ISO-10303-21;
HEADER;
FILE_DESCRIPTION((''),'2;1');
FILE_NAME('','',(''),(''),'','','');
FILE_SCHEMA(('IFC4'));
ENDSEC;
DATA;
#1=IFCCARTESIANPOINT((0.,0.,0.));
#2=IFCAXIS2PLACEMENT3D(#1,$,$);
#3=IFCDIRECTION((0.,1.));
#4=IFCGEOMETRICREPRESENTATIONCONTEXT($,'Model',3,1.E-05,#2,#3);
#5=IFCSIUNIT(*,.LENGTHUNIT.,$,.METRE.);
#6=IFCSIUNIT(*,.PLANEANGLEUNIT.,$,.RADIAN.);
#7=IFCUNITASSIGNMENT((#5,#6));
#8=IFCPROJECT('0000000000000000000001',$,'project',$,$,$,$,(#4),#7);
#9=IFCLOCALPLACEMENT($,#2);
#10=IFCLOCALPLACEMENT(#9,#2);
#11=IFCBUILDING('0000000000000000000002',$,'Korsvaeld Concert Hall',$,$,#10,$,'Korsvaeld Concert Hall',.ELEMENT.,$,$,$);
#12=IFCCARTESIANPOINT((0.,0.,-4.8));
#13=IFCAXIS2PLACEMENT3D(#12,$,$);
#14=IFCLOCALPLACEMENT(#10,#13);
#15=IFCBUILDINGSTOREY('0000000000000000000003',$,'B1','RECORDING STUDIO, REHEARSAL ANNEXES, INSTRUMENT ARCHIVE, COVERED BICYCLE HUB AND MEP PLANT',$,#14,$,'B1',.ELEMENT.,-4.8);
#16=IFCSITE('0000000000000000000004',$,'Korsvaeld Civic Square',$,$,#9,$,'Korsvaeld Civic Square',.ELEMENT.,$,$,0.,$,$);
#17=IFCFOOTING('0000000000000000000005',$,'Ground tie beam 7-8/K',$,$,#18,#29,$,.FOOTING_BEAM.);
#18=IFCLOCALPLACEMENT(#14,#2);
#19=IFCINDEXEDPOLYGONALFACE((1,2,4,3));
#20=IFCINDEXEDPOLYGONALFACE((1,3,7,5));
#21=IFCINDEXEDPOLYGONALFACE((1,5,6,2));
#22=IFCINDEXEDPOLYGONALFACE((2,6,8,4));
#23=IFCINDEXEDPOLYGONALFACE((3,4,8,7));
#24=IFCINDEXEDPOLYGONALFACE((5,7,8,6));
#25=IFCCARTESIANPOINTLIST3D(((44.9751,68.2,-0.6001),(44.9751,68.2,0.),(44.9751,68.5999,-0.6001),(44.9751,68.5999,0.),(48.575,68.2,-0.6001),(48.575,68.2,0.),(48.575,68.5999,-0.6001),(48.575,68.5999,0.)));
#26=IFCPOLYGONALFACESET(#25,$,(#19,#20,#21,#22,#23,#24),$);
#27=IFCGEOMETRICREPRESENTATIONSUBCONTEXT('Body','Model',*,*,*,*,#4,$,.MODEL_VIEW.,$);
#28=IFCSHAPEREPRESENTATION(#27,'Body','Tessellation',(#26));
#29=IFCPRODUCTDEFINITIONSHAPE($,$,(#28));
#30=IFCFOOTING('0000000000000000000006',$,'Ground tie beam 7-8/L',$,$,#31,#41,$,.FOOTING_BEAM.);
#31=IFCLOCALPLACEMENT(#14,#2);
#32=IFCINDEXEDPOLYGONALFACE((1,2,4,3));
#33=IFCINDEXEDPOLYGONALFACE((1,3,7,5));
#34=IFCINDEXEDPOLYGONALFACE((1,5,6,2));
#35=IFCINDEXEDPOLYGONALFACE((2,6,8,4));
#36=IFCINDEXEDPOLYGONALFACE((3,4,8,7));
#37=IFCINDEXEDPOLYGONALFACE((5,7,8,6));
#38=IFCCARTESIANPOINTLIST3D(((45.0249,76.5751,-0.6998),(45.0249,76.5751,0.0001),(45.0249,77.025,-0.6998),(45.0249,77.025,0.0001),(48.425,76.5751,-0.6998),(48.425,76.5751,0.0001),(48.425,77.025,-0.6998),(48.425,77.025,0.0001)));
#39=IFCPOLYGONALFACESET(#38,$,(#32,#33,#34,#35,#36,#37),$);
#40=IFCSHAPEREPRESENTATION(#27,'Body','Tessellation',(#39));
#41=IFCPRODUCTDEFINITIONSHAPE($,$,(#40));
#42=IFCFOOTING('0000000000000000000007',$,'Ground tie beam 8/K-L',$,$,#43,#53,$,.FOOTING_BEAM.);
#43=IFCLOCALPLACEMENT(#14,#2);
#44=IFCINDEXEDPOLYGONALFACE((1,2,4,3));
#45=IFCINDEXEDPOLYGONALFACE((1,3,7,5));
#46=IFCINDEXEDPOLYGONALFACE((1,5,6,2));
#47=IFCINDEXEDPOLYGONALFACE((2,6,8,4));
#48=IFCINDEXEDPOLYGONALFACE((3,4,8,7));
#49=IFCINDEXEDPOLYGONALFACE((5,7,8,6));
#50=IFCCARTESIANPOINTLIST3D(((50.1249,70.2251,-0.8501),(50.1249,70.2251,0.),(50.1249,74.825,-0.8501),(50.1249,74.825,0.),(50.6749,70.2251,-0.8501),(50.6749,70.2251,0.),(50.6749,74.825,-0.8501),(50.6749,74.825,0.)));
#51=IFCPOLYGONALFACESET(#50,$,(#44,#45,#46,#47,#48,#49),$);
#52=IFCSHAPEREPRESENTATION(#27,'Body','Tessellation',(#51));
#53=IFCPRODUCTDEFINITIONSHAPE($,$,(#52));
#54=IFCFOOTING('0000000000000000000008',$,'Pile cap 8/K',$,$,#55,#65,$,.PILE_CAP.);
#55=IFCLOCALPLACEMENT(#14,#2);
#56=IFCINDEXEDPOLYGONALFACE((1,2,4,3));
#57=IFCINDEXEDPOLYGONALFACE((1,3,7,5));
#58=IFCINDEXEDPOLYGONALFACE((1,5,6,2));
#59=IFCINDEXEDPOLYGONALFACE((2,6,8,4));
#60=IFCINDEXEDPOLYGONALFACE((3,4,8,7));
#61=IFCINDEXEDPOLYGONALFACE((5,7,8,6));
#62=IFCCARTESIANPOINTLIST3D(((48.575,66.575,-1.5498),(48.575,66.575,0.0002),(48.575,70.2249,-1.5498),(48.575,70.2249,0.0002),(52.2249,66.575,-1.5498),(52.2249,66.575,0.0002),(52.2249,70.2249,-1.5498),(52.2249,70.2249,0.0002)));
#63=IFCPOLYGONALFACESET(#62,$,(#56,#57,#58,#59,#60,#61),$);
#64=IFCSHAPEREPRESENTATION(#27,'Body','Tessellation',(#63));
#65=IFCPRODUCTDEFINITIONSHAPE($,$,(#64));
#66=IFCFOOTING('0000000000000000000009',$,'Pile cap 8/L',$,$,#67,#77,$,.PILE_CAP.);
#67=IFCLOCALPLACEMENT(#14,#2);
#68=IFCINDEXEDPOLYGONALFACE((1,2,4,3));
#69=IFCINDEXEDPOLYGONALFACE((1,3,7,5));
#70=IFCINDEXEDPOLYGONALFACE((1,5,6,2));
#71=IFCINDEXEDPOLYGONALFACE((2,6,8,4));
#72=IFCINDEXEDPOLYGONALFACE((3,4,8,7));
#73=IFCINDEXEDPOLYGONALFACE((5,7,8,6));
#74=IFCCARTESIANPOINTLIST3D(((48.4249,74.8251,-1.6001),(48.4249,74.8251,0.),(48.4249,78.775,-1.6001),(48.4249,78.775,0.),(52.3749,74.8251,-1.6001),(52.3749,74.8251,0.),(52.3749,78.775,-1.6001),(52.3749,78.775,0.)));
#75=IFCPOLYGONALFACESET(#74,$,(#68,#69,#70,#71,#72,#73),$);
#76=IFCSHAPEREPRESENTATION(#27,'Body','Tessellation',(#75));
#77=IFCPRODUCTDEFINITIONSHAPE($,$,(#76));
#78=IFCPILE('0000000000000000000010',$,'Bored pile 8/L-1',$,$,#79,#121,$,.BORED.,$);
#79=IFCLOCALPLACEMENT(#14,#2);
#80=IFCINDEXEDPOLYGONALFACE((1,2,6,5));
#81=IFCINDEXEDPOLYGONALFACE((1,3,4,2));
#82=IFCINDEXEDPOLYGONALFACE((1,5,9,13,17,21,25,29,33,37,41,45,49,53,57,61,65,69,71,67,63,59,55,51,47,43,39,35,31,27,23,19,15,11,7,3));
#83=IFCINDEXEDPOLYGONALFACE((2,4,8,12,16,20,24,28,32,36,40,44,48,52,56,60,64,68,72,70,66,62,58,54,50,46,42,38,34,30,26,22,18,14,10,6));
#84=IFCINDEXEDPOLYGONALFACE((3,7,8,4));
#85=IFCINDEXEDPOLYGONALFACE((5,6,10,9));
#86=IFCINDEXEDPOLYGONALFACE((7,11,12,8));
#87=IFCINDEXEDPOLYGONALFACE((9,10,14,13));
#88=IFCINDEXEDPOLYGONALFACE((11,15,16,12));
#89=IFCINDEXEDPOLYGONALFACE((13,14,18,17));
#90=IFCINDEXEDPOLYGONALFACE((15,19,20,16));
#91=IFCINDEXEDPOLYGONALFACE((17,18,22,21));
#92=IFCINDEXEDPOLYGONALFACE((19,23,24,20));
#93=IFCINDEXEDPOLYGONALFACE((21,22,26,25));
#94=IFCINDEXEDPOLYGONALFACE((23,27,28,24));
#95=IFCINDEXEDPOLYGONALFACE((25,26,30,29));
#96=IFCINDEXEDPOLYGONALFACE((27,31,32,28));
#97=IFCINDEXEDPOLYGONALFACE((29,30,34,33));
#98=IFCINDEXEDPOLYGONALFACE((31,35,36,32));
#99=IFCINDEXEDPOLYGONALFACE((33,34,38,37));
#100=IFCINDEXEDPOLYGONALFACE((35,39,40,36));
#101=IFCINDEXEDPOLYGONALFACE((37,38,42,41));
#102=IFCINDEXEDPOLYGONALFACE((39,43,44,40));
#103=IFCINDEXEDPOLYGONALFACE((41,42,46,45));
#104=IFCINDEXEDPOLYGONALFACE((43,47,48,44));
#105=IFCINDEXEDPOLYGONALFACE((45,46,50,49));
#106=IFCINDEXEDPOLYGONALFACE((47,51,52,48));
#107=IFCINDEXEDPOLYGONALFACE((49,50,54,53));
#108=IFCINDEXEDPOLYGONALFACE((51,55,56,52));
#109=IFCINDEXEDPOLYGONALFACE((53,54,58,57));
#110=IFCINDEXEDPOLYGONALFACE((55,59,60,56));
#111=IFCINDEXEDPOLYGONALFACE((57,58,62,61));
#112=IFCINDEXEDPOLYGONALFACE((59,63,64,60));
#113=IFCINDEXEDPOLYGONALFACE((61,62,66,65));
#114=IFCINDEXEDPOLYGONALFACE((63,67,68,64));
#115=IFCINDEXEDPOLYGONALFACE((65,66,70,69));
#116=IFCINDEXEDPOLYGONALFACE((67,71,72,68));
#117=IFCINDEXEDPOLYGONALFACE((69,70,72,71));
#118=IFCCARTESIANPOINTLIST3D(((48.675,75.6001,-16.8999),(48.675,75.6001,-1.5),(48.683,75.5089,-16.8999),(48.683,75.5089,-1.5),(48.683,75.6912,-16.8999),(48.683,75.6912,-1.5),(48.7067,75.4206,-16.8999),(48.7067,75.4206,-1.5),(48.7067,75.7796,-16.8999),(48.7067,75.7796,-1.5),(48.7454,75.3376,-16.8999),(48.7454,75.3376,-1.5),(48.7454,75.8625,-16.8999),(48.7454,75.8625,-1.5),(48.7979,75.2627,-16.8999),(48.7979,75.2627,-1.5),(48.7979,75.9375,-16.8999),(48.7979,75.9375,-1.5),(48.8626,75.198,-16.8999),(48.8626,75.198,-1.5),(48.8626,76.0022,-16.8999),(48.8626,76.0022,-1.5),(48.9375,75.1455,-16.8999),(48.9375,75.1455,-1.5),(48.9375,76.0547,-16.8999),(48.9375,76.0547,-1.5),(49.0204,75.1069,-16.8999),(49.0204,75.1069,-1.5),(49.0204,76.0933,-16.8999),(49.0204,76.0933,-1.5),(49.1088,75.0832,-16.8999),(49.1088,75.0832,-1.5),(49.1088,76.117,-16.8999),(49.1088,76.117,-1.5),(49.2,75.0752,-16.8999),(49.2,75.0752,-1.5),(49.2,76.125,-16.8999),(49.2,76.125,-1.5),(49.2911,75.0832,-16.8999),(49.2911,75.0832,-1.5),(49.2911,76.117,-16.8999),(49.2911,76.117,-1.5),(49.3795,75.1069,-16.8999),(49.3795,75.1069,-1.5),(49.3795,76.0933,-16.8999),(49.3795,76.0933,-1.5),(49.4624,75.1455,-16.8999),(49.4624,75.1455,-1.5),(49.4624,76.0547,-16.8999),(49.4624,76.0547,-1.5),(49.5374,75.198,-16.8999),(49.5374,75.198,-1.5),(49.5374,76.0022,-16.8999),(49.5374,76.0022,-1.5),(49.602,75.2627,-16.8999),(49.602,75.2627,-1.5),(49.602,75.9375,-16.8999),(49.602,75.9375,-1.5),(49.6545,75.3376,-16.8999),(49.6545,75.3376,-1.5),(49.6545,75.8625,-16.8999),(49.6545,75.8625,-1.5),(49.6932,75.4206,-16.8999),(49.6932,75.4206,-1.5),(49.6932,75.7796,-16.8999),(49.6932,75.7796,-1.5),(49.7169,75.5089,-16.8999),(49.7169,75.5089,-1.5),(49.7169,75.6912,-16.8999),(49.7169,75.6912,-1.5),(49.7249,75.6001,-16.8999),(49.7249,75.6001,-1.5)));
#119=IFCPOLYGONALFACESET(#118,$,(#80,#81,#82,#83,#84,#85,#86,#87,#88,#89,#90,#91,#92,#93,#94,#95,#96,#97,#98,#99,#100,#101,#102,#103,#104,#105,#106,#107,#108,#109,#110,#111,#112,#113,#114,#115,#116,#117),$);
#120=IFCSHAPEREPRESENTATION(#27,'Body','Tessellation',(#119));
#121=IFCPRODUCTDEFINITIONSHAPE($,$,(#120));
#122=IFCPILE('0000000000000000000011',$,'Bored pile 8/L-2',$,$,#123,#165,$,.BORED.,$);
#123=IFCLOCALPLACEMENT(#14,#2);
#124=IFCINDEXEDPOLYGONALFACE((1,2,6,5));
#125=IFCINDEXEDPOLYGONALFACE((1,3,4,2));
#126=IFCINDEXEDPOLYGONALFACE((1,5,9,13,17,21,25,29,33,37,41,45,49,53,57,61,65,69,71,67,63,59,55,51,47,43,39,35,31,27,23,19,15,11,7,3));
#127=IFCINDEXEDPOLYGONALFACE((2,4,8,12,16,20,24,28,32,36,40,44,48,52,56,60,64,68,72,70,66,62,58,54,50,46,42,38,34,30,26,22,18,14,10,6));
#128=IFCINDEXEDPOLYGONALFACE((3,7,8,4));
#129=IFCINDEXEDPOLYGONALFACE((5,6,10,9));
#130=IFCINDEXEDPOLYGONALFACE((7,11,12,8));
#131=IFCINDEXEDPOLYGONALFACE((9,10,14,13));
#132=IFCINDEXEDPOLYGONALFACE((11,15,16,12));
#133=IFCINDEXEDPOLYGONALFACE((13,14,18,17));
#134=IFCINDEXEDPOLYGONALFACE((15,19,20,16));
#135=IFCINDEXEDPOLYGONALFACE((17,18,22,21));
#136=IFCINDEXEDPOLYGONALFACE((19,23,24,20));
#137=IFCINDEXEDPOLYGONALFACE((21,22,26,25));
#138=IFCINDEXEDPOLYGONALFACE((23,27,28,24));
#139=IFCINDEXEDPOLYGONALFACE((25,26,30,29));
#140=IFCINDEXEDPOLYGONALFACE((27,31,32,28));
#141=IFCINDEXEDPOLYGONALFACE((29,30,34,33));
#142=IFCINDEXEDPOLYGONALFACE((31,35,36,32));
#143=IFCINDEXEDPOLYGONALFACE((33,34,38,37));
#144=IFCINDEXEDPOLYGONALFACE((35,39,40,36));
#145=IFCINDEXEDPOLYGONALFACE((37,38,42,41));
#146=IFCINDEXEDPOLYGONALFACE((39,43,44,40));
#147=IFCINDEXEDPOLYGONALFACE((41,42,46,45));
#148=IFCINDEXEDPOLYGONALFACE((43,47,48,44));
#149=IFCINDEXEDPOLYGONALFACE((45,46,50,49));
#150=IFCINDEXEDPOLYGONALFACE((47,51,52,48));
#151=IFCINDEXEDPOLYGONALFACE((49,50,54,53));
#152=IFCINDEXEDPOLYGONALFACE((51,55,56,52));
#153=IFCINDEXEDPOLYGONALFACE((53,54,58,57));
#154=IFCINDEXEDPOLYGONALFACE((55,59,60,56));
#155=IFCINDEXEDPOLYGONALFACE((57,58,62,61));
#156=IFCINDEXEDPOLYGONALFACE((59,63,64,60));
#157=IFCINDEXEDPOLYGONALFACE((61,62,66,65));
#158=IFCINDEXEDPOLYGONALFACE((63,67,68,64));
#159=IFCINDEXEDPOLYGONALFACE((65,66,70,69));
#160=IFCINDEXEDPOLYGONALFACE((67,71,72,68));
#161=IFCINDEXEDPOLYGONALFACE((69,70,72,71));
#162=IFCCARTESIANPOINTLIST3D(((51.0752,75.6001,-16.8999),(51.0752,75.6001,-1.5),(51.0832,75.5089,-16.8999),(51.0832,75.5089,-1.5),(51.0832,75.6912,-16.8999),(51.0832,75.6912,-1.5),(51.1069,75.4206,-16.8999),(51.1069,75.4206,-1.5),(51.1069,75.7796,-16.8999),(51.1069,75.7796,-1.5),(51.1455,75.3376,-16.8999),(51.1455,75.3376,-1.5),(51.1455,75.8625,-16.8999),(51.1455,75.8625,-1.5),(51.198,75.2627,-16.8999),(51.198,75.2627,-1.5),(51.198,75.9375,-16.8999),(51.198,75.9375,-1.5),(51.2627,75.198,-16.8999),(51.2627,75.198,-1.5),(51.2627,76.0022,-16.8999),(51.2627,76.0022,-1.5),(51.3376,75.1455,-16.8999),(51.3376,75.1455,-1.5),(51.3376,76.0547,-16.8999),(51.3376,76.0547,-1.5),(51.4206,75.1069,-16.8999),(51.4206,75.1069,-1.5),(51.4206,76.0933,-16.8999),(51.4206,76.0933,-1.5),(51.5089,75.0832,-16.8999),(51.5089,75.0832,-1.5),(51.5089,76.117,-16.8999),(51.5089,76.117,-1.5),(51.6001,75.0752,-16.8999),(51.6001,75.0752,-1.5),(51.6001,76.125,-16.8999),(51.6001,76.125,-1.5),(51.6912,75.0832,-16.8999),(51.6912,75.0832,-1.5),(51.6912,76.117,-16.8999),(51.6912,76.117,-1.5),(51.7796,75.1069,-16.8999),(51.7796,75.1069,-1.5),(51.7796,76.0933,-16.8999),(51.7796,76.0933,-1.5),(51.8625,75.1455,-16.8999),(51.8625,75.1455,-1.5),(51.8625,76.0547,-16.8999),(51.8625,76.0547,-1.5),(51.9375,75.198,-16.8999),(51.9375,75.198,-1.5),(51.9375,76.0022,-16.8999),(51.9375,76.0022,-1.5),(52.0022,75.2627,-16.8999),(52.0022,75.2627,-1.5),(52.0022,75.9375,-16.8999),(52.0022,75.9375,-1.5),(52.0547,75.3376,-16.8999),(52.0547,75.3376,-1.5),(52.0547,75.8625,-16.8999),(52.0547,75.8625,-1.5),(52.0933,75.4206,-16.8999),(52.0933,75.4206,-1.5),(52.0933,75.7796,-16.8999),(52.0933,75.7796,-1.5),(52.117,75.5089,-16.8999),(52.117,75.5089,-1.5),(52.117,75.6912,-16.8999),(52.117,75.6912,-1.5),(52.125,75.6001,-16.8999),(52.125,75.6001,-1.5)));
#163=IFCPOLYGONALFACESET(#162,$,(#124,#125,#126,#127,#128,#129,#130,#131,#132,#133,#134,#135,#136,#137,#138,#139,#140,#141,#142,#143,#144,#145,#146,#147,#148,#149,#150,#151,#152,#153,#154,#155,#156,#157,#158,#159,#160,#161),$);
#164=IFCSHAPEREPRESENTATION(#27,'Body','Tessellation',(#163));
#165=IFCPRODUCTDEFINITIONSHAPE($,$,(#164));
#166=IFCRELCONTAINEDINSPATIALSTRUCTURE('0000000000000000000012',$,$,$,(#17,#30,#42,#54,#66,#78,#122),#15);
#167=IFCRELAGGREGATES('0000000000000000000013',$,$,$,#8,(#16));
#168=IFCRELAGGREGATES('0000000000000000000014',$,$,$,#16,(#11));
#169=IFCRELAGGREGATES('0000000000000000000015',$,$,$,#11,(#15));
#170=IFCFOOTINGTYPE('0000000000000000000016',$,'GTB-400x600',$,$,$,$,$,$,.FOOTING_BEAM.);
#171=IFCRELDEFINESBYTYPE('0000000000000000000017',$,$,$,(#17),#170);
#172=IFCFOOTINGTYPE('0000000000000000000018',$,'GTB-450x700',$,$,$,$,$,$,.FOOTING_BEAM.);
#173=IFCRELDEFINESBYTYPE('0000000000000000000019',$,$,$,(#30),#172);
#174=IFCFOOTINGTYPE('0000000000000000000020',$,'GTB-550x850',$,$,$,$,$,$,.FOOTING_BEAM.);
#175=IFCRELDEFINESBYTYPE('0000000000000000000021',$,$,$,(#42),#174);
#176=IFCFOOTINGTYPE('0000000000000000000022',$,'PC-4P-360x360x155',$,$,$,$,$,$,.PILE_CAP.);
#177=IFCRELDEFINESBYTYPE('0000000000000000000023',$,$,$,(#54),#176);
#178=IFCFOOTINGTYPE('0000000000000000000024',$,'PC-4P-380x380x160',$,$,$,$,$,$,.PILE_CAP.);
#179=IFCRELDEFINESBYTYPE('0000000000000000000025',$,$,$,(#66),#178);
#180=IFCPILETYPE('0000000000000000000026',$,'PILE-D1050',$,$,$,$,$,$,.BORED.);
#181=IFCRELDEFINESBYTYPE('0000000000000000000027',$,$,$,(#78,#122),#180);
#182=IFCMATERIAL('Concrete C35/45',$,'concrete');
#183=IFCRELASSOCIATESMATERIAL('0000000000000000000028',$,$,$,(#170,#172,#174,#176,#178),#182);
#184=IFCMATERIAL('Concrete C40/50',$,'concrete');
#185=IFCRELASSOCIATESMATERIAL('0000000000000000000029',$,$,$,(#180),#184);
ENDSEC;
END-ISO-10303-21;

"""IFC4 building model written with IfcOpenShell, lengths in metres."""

from ifc_helpers import new_model, si_unit, direction, frame, origin, origin_2d, place, context, subcontext, project, spatial, rectangle, circle, extrude, material, material_profile, profile_set, type_object, element, save


model = new_model("IFC4")

# Units and contexts
model_context = context("Model", 3, precision=1e-05, world=origin(), true_north=direction((0.0, 1.0)))
body_context = subcontext(model_context, "Body", "Model", "MODEL_VIEW")
ifc_project = project(units=[si_unit("LENGTHUNIT", "METRE"), si_unit("PLANEANGLEUNIT", "RADIAN")], contexts=[model_context])

# Site, building, storey
site_placement = place(None, origin())
site = spatial("IfcSite", under=ifc_project, at=site_placement, Name="Korsvaeld Civic Square", LongName="Korsvaeld Civic Square", CompositionType="ELEMENT", RefElevation=0.0)
building_placement = place(site_placement, origin())
building = spatial("IfcBuilding", under=site, at=building_placement, Name="Korsvaeld Concert Hall", LongName="Korsvaeld Concert Hall", CompositionType="ELEMENT")
storey_placement = place(building_placement, frame((0.0, 0.0, -4.8)))
storey = spatial("IfcBuildingStorey", under=building, at=storey_placement, Name="B1", Description="RECORDING STUDIO, REHEARSAL ANNEXES, INSTRUMENT ARCHIVE, COVERED BICYCLE HUB AND MEP PLANT", LongName="B1", CompositionType="ELEMENT", Elevation=-4.8)

# Footings
ifc_material_1 = material(Name="Concrete C35/45", Category="concrete")
ifc_material_profile_1 = material_profile(ifc_material_1, rectangle(XDim=0.3999, YDim=0.6001, at=origin_2d()), Name="GTB 400x600")
ifc_profile_set_1 = profile_set([ifc_material_profile_1], Name="Concrete C35/45")
footing_type_1 = type_object("IfcFootingType", Name="GTB-400x600", PredefinedType="FOOTING_BEAM", material=ifc_profile_set_1)
footing_1_placement = place(storey_placement, frame((44.9751, 68.3999, -0.3), z_axis=(1.0, 0.0, 0.0), x_axis=(0.0, 1.0, 0.0)))
element("IfcFooting", 1, at=footing_1_placement, inside=storey, type_object=footing_type_1, Name="Ground tie beam 7-8/K", PredefinedType="FOOTING_BEAM", context=body_context, shape_type="SweptSolid", body=[
    extrude(rectangle(XDim=0.3999, YDim=0.6001, at=origin_2d()), origin(), (0.0, 0.0, 1.0), 3.5999),
])
ifc_material_profile_2 = material_profile(ifc_material_1, rectangle(XDim=0.45, YDim=0.7, at=origin_2d()), Name="GTB 450x700")
ifc_profile_set_2 = profile_set([ifc_material_profile_2], Name="Concrete C35/45")
footing_type_2 = type_object("IfcFootingType", Name="GTB-450x700", PredefinedType="FOOTING_BEAM", material=ifc_profile_set_2)
footing_2_placement = place(storey_placement, frame((45.0249, 76.8, -0.3499), z_axis=(1.0, 0.0, 0.0), x_axis=(0.0, 1.0, 0.0)))
element("IfcFooting", 2, at=footing_2_placement, inside=storey, type_object=footing_type_2, Name="Ground tie beam 7-8/L", PredefinedType="FOOTING_BEAM", context=body_context, shape_type="SweptSolid", body=[
    extrude(rectangle(XDim=0.45, YDim=0.7, at=origin_2d()), origin(), (0.0, 0.0, 1.0), 3.4001),
])
ifc_material_profile_3 = material_profile(ifc_material_1, rectangle(XDim=0.55, YDim=0.8501, at=origin_2d()), Name="GTB 550x850")
ifc_profile_set_3 = profile_set([ifc_material_profile_3], Name="Concrete C35/45")
footing_type_3 = type_object("IfcFootingType", Name="GTB-550x850", PredefinedType="FOOTING_BEAM", material=ifc_profile_set_3)
footing_3_placement = place(storey_placement, frame((50.3999, 70.2251, -0.425), z_axis=(0.0, 1.0, 0.0), x_axis=(-1.0, 0.0, 0.0)))
element("IfcFooting", 3, at=footing_3_placement, inside=storey, type_object=footing_type_3, Name="Ground tie beam 8/K-L", PredefinedType="FOOTING_BEAM", context=body_context, shape_type="SweptSolid", body=[
    extrude(rectangle(XDim=0.55, YDim=0.8501, at=origin_2d()), origin(), (0.0, 0.0, 1.0), 4.5999),
])
footing_type_4 = type_object("IfcFootingType", Name="PC-4P-360x360x155", PredefinedType="PILE_CAP", material=ifc_material_1)
footing_4_placement = place(storey_placement, frame((50.3999, 68.3999, -1.5498), z_axis=(0.0, 0.0, 1.0), x_axis=(1.0, 0.0, 0.0)))
element("IfcFooting", 4, at=footing_4_placement, inside=storey, type_object=footing_type_4, Name="Pile cap 8/K", PredefinedType="PILE_CAP", context=body_context, shape_type="SweptSolid", body=[
    extrude(rectangle(XDim=3.6499, YDim=3.6499, at=origin_2d()), origin(), (0.0, 0.0, 1.0), 1.55),
])
footing_type_5 = type_object("IfcFootingType", Name="PC-4P-380x380x160", PredefinedType="PILE_CAP", material=ifc_material_1)
footing_5_placement = place(storey_placement, frame((50.3999, 76.8, -1.6001), z_axis=(0.0, 0.0, 1.0), x_axis=(1.0, 0.0, 0.0)))
element("IfcFooting", 5, at=footing_5_placement, inside=storey, type_object=footing_type_5, Name="Pile cap 8/L", PredefinedType="PILE_CAP", context=body_context, shape_type="SweptSolid", body=[
    extrude(rectangle(XDim=3.95, YDim=3.95, at=origin_2d()), origin(), (0.0, 0.0, 1.0), 1.6001),
])

# Piles
ifc_material_2 = material(Name="Concrete C40/50", Category="concrete")
ifc_material_profile_4 = material_profile(ifc_material_2, circle(Radius=0.5249, at=origin_2d()), Name="BORED PILE D1050")
ifc_profile_set_4 = profile_set([ifc_material_profile_4], Name="Concrete C40/50")
pile_type_1 = type_object("IfcPileType", Name="PILE-D1050", PredefinedType="BORED", material=ifc_profile_set_4)
for number, where, z_axis, x_axis, name in (
    (6, (49.2, 75.6001, -1.5), (0.0, 0.0, -1.0), (1.0, 0.0, 0.0), "Bored pile 8/L-1"),
    (7, (51.6001, 75.6001, -1.5), (0.0, 0.0, -1.0), (1.0, 0.0, 0.0), "Bored pile 8/L-2"),
):
    element("IfcPile", number, at=place(storey_placement, frame(where, z_axis=z_axis, x_axis=x_axis)), inside=storey, type_object=pile_type_1, Name=name, PredefinedType="BORED", context=body_context, shape_type="SweptSolid", body=[
        extrude(circle(Radius=0.5249, at=origin_2d()), origin(), (0.0, 0.0, 1.0), 15.3999),
    ])

save(model, "model.ifc")
